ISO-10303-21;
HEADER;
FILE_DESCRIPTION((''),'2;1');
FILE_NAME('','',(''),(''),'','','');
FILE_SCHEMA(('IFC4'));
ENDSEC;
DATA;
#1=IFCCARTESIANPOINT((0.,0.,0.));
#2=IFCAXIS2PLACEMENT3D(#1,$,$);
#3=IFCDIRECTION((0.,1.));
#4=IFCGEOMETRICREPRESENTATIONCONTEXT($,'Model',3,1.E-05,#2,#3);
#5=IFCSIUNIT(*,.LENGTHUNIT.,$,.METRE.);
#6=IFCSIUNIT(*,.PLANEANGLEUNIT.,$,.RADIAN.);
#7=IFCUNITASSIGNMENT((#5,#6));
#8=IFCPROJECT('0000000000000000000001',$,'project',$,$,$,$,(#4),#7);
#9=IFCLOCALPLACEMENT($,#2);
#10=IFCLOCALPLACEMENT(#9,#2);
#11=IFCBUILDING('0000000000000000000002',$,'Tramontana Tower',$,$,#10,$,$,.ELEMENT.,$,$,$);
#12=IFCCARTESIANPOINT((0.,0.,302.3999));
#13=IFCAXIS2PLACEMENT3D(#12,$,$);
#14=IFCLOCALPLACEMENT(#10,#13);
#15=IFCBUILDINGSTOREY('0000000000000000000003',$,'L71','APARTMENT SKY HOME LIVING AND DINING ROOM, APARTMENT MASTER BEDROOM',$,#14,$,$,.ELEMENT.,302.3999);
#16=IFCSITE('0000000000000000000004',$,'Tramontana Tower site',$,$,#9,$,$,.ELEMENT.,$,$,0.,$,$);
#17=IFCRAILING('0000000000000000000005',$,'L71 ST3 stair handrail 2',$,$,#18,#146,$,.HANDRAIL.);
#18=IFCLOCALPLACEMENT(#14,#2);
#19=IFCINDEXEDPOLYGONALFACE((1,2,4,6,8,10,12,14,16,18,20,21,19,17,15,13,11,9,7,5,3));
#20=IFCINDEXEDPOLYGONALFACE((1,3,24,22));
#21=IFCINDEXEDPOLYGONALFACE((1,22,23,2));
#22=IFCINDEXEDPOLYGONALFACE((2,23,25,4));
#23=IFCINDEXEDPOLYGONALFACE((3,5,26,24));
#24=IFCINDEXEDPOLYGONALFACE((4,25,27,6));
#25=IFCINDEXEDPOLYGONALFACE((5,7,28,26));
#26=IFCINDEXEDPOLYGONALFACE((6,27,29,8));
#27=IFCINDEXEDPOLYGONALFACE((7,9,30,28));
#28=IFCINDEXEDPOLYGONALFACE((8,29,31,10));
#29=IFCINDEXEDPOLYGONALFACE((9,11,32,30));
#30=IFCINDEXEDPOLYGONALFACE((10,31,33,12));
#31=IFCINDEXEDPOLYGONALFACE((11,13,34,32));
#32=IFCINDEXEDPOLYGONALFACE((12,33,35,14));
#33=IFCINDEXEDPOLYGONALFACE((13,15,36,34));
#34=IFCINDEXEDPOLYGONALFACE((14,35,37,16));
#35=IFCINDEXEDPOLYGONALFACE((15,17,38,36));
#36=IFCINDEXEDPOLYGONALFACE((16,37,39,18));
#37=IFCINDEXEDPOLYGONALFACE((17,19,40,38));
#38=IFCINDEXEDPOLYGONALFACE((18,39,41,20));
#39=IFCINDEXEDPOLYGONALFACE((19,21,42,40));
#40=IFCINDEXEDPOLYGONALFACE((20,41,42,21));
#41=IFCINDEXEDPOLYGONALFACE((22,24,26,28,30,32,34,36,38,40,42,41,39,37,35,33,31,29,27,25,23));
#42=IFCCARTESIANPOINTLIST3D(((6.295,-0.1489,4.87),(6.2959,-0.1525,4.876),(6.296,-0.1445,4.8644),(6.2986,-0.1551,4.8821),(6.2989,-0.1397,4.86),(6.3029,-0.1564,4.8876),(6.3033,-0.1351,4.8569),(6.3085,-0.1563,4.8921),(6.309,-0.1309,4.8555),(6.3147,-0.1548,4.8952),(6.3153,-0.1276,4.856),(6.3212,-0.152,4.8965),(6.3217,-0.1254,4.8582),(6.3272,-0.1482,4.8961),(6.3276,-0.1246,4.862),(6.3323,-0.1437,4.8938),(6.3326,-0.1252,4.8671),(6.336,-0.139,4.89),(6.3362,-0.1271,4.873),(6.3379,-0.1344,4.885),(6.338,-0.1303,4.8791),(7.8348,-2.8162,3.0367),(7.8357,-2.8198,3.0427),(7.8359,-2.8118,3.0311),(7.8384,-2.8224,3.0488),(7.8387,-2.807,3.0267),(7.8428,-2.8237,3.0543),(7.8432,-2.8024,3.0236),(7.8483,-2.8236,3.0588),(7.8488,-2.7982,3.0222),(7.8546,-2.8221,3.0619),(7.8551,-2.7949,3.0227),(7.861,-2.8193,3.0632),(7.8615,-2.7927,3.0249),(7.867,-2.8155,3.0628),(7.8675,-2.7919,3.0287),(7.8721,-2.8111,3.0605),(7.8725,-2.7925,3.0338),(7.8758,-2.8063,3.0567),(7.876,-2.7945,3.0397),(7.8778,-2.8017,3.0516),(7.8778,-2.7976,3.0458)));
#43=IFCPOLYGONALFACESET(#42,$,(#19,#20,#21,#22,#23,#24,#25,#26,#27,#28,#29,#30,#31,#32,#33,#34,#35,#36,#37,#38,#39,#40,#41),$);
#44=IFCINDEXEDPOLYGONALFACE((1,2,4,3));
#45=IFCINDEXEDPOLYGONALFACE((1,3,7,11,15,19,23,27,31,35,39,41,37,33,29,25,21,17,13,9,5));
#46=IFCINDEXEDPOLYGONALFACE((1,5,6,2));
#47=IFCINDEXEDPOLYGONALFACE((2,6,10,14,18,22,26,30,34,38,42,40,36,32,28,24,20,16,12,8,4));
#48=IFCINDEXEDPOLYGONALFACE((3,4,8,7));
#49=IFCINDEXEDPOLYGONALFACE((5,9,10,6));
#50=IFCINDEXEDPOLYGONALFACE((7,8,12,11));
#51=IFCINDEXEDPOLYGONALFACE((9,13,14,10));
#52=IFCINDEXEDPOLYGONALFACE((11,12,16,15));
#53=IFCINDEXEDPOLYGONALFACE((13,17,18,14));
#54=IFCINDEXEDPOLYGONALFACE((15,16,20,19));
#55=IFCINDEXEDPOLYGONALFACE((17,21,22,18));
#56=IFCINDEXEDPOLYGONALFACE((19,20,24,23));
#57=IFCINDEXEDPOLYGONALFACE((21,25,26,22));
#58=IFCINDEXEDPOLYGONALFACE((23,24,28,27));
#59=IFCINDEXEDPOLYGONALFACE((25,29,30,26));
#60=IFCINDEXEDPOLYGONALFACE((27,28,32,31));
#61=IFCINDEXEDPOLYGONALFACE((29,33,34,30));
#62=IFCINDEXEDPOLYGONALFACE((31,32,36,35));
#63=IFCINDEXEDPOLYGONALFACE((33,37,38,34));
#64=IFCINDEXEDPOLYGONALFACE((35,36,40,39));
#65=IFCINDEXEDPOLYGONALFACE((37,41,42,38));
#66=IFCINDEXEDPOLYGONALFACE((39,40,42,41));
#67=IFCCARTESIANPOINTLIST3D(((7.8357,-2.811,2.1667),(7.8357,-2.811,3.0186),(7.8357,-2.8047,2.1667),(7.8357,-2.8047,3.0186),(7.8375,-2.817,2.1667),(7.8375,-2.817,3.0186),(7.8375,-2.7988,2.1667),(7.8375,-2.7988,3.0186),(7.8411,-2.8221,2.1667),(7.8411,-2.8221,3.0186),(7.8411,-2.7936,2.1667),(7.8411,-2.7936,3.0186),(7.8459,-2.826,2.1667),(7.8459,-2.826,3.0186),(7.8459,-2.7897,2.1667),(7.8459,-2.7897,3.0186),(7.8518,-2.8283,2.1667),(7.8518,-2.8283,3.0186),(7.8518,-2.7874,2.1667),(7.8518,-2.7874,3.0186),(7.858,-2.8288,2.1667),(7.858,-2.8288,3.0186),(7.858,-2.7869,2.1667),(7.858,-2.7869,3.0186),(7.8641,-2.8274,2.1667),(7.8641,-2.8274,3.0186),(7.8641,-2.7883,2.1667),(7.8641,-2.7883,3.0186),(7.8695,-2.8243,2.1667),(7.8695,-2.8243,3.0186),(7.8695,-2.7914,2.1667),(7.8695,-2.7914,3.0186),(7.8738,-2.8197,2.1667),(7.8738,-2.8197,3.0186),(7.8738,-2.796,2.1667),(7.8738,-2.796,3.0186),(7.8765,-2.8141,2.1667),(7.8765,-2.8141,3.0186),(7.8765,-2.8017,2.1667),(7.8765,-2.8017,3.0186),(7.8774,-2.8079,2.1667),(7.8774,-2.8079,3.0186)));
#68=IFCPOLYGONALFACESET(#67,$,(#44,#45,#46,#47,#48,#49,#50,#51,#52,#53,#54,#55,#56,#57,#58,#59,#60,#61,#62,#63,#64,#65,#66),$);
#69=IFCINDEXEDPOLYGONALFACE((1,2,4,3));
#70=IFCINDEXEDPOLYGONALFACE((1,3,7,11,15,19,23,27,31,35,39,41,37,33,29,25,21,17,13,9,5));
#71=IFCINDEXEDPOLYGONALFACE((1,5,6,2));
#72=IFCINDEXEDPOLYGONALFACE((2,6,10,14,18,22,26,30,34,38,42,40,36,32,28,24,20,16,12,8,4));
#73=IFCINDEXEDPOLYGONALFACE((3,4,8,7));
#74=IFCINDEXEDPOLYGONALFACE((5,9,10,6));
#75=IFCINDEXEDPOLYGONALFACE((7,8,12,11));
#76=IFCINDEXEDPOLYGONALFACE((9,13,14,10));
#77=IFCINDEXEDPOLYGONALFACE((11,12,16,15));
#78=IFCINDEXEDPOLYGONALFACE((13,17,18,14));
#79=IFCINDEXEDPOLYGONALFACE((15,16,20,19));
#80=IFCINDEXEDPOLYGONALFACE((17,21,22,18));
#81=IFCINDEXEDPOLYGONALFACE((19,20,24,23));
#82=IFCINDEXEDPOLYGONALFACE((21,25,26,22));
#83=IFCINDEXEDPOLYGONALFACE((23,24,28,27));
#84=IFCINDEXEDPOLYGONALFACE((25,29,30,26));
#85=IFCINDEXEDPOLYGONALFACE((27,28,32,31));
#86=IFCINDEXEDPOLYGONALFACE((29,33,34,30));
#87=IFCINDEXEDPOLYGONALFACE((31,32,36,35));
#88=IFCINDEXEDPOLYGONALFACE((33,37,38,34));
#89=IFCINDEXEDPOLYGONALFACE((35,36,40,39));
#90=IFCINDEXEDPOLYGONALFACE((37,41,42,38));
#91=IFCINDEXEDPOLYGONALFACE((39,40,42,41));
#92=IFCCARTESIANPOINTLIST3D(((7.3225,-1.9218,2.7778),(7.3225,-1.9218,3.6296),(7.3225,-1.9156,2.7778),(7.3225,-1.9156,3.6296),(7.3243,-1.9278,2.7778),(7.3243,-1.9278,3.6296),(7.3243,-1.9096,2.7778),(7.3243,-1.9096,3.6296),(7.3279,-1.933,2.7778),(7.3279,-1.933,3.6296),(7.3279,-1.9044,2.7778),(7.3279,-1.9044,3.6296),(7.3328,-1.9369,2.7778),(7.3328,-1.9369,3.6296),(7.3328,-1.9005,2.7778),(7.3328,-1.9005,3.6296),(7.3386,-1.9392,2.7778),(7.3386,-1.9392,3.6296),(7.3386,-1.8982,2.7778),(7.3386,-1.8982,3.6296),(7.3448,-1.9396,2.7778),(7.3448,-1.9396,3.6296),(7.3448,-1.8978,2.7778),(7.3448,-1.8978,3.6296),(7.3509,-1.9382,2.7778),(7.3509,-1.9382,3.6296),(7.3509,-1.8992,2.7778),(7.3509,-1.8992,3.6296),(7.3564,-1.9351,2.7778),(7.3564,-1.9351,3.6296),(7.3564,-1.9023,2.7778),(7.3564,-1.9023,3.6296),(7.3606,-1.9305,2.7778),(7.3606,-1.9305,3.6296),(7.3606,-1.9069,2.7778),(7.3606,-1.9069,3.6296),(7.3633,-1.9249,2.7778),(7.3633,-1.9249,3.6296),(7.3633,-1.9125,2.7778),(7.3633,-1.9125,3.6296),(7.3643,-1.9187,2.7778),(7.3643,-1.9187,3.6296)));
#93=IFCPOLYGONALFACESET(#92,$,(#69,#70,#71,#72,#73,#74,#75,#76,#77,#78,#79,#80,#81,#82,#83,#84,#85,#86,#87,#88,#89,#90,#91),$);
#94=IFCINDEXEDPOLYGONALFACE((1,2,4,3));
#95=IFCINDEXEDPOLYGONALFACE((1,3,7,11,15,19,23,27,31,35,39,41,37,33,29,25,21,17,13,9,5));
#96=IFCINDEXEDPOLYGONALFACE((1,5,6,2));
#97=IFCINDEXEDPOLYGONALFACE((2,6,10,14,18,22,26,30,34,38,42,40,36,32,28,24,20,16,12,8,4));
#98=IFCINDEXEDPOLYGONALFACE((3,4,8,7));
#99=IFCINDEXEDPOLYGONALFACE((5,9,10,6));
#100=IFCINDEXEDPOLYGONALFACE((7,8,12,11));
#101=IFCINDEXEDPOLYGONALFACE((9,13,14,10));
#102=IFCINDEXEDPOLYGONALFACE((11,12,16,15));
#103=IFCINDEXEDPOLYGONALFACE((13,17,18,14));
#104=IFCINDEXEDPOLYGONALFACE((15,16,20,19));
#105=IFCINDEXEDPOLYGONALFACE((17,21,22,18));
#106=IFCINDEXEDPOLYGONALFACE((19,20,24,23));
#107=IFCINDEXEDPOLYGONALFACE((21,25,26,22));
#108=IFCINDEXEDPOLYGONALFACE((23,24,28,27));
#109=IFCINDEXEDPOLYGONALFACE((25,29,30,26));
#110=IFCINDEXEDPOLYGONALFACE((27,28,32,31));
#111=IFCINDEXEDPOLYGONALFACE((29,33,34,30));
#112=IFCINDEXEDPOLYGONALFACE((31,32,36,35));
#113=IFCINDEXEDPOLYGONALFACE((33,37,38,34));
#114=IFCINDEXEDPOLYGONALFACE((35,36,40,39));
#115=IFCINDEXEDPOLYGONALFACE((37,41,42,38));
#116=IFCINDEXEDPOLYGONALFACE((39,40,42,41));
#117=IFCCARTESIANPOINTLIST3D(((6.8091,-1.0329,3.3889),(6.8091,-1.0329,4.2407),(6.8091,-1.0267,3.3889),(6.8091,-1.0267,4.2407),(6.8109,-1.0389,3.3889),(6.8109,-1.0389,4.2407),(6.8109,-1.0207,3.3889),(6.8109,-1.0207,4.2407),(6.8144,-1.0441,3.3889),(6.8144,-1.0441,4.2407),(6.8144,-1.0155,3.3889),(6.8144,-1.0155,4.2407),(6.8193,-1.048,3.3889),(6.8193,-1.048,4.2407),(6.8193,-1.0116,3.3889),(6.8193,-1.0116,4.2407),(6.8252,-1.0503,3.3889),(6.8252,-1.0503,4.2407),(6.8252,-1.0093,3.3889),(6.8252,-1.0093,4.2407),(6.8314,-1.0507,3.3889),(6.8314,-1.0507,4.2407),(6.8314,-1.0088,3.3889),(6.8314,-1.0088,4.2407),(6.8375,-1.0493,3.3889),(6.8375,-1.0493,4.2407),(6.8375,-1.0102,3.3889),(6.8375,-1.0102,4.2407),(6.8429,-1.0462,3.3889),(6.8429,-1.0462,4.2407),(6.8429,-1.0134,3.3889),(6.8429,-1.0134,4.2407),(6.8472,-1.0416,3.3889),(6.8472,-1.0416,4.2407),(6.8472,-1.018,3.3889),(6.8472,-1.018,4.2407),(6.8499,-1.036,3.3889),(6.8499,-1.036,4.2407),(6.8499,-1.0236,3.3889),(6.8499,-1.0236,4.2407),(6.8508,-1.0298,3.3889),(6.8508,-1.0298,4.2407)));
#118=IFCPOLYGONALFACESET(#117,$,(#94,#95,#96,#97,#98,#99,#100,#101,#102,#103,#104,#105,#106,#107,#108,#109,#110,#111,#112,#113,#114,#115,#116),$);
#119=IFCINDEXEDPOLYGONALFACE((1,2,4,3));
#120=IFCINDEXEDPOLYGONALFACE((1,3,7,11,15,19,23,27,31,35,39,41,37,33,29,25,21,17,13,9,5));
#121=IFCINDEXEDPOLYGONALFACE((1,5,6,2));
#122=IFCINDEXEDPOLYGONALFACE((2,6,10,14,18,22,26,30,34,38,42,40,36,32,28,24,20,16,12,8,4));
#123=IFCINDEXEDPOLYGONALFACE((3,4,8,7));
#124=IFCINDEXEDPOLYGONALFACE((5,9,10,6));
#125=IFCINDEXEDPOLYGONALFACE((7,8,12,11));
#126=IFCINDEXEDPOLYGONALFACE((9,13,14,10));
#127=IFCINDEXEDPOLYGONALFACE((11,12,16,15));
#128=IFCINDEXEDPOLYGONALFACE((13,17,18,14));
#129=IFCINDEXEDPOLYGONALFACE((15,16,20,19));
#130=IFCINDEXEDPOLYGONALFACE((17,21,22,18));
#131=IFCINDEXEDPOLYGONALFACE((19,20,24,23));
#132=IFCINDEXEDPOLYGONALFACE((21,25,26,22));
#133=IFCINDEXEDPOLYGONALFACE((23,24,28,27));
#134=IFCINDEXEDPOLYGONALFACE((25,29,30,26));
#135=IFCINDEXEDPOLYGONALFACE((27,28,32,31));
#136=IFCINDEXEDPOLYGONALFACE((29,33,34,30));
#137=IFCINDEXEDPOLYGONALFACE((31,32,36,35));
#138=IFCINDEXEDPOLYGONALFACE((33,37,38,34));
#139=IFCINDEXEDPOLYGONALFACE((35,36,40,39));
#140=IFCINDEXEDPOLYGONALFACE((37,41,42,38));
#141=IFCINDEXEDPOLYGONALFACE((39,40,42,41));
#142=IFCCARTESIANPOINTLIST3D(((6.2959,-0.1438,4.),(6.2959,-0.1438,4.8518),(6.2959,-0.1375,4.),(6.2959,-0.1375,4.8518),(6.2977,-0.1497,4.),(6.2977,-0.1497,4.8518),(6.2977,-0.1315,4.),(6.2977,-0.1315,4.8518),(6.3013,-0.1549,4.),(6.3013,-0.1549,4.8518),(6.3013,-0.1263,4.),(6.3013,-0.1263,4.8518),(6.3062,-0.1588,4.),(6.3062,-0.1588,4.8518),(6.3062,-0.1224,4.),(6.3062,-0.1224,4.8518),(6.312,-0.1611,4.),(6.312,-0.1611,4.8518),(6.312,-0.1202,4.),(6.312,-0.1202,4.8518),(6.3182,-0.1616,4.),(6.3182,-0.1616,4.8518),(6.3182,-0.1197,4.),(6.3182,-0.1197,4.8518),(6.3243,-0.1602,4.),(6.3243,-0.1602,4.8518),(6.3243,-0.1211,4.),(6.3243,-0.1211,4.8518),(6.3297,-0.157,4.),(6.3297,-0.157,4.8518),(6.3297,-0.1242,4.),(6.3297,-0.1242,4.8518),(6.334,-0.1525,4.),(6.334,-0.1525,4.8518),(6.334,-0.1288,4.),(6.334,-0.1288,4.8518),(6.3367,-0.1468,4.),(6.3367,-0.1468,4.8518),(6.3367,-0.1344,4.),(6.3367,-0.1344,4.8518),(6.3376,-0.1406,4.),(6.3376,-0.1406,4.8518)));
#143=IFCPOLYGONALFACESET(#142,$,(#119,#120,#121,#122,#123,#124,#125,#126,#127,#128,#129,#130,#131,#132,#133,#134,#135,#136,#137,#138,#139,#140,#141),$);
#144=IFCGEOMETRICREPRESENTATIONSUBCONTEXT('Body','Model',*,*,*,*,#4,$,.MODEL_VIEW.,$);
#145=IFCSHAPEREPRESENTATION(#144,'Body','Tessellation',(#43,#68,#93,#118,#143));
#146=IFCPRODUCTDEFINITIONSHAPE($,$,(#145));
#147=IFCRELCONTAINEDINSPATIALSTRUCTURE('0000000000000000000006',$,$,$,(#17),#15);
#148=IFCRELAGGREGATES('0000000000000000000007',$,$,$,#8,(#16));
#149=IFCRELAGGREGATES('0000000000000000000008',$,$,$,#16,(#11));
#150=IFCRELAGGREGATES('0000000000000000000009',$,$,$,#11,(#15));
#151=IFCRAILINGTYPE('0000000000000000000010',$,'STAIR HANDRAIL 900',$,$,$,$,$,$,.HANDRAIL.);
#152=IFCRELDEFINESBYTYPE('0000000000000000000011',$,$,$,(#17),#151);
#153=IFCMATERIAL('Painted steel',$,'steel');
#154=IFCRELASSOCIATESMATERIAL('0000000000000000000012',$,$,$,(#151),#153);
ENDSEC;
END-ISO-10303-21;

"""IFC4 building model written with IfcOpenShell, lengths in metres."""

from ifc_helpers import new_model, si_unit, direction, frame, origin, origin_2d, place, context, subcontext, project, spatial, circle, extrude, material, type_object, element, save


model = new_model("IFC4")

# Units and contexts
model_context = context("Model", 3, precision=1e-05, world=origin(), true_north=direction((0.0, 1.0)))
body_context = subcontext(model_context, "Body", "Model", "MODEL_VIEW")
ifc_project = project(units=[si_unit("LENGTHUNIT", "METRE"), si_unit("PLANEANGLEUNIT", "RADIAN")], contexts=[model_context])

# Site, building, storey
site_placement = place(None, origin())
site = spatial("IfcSite", under=ifc_project, at=site_placement, Name="Tramontana Tower site", CompositionType="ELEMENT", RefElevation=0.0)
building_placement = place(site_placement, origin())
building = spatial("IfcBuilding", under=site, at=building_placement, Name="Tramontana Tower", CompositionType="ELEMENT")
storey_placement = place(building_placement, frame((0.0, 0.0, 302.3999)))
storey = spatial("IfcBuildingStorey", under=building, at=storey_placement, Name="L71", Description="APARTMENT SKY HOME LIVING AND DINING ROOM, APARTMENT MASTER BEDROOM", CompositionType="ELEMENT", Elevation=302.3999)

# Railing
ifc_material_1 = material(Name="Painted steel", Category="steel")
railing_type_1 = type_object("IfcRailingType", Name="STAIR HANDRAIL 900", PredefinedType="HANDRAIL", material=ifc_material_1)
railing_1_placement = place(storey_placement, frame((7.8564, -2.8079, 2.1667)))
element("IfcRailing", 1, at=railing_1_placement, inside=storey, type_object=railing_type_1, Name="L71 ST3 stair handrail 2", PredefinedType="HANDRAIL", context=body_context, shape_type="SweptSolid", body=[
    extrude(circle(Radius=0.0239, at=origin_2d()), frame((0.0, 0.0, 0.876), z_axis=(-0.429616, 0.744181, 0.511493), x_axis=(-0.866044, -0.499967, 0.0)), (0.0, 0.0, 1.0), 3.5842),
    extrude(circle(Radius=0.021, at=origin_2d()), origin(), (0.0, 0.0, 1.0), 0.8518),
    extrude(circle(Radius=0.021, at=origin_2d()), frame((-0.5132, 0.8892, 0.6111)), (0.0, 0.0, 1.0), 0.8518),
    extrude(circle(Radius=0.021, at=origin_2d()), frame((-1.0266, 1.7781, 1.2222)), (0.0, 0.0, 1.0), 0.8518),
    extrude(circle(Radius=0.021, at=origin_2d()), frame((-1.5398, 2.6672, 1.8333)), (0.0, 0.0, 1.0), 0.8518),
])

save(model, "model.ifc")
